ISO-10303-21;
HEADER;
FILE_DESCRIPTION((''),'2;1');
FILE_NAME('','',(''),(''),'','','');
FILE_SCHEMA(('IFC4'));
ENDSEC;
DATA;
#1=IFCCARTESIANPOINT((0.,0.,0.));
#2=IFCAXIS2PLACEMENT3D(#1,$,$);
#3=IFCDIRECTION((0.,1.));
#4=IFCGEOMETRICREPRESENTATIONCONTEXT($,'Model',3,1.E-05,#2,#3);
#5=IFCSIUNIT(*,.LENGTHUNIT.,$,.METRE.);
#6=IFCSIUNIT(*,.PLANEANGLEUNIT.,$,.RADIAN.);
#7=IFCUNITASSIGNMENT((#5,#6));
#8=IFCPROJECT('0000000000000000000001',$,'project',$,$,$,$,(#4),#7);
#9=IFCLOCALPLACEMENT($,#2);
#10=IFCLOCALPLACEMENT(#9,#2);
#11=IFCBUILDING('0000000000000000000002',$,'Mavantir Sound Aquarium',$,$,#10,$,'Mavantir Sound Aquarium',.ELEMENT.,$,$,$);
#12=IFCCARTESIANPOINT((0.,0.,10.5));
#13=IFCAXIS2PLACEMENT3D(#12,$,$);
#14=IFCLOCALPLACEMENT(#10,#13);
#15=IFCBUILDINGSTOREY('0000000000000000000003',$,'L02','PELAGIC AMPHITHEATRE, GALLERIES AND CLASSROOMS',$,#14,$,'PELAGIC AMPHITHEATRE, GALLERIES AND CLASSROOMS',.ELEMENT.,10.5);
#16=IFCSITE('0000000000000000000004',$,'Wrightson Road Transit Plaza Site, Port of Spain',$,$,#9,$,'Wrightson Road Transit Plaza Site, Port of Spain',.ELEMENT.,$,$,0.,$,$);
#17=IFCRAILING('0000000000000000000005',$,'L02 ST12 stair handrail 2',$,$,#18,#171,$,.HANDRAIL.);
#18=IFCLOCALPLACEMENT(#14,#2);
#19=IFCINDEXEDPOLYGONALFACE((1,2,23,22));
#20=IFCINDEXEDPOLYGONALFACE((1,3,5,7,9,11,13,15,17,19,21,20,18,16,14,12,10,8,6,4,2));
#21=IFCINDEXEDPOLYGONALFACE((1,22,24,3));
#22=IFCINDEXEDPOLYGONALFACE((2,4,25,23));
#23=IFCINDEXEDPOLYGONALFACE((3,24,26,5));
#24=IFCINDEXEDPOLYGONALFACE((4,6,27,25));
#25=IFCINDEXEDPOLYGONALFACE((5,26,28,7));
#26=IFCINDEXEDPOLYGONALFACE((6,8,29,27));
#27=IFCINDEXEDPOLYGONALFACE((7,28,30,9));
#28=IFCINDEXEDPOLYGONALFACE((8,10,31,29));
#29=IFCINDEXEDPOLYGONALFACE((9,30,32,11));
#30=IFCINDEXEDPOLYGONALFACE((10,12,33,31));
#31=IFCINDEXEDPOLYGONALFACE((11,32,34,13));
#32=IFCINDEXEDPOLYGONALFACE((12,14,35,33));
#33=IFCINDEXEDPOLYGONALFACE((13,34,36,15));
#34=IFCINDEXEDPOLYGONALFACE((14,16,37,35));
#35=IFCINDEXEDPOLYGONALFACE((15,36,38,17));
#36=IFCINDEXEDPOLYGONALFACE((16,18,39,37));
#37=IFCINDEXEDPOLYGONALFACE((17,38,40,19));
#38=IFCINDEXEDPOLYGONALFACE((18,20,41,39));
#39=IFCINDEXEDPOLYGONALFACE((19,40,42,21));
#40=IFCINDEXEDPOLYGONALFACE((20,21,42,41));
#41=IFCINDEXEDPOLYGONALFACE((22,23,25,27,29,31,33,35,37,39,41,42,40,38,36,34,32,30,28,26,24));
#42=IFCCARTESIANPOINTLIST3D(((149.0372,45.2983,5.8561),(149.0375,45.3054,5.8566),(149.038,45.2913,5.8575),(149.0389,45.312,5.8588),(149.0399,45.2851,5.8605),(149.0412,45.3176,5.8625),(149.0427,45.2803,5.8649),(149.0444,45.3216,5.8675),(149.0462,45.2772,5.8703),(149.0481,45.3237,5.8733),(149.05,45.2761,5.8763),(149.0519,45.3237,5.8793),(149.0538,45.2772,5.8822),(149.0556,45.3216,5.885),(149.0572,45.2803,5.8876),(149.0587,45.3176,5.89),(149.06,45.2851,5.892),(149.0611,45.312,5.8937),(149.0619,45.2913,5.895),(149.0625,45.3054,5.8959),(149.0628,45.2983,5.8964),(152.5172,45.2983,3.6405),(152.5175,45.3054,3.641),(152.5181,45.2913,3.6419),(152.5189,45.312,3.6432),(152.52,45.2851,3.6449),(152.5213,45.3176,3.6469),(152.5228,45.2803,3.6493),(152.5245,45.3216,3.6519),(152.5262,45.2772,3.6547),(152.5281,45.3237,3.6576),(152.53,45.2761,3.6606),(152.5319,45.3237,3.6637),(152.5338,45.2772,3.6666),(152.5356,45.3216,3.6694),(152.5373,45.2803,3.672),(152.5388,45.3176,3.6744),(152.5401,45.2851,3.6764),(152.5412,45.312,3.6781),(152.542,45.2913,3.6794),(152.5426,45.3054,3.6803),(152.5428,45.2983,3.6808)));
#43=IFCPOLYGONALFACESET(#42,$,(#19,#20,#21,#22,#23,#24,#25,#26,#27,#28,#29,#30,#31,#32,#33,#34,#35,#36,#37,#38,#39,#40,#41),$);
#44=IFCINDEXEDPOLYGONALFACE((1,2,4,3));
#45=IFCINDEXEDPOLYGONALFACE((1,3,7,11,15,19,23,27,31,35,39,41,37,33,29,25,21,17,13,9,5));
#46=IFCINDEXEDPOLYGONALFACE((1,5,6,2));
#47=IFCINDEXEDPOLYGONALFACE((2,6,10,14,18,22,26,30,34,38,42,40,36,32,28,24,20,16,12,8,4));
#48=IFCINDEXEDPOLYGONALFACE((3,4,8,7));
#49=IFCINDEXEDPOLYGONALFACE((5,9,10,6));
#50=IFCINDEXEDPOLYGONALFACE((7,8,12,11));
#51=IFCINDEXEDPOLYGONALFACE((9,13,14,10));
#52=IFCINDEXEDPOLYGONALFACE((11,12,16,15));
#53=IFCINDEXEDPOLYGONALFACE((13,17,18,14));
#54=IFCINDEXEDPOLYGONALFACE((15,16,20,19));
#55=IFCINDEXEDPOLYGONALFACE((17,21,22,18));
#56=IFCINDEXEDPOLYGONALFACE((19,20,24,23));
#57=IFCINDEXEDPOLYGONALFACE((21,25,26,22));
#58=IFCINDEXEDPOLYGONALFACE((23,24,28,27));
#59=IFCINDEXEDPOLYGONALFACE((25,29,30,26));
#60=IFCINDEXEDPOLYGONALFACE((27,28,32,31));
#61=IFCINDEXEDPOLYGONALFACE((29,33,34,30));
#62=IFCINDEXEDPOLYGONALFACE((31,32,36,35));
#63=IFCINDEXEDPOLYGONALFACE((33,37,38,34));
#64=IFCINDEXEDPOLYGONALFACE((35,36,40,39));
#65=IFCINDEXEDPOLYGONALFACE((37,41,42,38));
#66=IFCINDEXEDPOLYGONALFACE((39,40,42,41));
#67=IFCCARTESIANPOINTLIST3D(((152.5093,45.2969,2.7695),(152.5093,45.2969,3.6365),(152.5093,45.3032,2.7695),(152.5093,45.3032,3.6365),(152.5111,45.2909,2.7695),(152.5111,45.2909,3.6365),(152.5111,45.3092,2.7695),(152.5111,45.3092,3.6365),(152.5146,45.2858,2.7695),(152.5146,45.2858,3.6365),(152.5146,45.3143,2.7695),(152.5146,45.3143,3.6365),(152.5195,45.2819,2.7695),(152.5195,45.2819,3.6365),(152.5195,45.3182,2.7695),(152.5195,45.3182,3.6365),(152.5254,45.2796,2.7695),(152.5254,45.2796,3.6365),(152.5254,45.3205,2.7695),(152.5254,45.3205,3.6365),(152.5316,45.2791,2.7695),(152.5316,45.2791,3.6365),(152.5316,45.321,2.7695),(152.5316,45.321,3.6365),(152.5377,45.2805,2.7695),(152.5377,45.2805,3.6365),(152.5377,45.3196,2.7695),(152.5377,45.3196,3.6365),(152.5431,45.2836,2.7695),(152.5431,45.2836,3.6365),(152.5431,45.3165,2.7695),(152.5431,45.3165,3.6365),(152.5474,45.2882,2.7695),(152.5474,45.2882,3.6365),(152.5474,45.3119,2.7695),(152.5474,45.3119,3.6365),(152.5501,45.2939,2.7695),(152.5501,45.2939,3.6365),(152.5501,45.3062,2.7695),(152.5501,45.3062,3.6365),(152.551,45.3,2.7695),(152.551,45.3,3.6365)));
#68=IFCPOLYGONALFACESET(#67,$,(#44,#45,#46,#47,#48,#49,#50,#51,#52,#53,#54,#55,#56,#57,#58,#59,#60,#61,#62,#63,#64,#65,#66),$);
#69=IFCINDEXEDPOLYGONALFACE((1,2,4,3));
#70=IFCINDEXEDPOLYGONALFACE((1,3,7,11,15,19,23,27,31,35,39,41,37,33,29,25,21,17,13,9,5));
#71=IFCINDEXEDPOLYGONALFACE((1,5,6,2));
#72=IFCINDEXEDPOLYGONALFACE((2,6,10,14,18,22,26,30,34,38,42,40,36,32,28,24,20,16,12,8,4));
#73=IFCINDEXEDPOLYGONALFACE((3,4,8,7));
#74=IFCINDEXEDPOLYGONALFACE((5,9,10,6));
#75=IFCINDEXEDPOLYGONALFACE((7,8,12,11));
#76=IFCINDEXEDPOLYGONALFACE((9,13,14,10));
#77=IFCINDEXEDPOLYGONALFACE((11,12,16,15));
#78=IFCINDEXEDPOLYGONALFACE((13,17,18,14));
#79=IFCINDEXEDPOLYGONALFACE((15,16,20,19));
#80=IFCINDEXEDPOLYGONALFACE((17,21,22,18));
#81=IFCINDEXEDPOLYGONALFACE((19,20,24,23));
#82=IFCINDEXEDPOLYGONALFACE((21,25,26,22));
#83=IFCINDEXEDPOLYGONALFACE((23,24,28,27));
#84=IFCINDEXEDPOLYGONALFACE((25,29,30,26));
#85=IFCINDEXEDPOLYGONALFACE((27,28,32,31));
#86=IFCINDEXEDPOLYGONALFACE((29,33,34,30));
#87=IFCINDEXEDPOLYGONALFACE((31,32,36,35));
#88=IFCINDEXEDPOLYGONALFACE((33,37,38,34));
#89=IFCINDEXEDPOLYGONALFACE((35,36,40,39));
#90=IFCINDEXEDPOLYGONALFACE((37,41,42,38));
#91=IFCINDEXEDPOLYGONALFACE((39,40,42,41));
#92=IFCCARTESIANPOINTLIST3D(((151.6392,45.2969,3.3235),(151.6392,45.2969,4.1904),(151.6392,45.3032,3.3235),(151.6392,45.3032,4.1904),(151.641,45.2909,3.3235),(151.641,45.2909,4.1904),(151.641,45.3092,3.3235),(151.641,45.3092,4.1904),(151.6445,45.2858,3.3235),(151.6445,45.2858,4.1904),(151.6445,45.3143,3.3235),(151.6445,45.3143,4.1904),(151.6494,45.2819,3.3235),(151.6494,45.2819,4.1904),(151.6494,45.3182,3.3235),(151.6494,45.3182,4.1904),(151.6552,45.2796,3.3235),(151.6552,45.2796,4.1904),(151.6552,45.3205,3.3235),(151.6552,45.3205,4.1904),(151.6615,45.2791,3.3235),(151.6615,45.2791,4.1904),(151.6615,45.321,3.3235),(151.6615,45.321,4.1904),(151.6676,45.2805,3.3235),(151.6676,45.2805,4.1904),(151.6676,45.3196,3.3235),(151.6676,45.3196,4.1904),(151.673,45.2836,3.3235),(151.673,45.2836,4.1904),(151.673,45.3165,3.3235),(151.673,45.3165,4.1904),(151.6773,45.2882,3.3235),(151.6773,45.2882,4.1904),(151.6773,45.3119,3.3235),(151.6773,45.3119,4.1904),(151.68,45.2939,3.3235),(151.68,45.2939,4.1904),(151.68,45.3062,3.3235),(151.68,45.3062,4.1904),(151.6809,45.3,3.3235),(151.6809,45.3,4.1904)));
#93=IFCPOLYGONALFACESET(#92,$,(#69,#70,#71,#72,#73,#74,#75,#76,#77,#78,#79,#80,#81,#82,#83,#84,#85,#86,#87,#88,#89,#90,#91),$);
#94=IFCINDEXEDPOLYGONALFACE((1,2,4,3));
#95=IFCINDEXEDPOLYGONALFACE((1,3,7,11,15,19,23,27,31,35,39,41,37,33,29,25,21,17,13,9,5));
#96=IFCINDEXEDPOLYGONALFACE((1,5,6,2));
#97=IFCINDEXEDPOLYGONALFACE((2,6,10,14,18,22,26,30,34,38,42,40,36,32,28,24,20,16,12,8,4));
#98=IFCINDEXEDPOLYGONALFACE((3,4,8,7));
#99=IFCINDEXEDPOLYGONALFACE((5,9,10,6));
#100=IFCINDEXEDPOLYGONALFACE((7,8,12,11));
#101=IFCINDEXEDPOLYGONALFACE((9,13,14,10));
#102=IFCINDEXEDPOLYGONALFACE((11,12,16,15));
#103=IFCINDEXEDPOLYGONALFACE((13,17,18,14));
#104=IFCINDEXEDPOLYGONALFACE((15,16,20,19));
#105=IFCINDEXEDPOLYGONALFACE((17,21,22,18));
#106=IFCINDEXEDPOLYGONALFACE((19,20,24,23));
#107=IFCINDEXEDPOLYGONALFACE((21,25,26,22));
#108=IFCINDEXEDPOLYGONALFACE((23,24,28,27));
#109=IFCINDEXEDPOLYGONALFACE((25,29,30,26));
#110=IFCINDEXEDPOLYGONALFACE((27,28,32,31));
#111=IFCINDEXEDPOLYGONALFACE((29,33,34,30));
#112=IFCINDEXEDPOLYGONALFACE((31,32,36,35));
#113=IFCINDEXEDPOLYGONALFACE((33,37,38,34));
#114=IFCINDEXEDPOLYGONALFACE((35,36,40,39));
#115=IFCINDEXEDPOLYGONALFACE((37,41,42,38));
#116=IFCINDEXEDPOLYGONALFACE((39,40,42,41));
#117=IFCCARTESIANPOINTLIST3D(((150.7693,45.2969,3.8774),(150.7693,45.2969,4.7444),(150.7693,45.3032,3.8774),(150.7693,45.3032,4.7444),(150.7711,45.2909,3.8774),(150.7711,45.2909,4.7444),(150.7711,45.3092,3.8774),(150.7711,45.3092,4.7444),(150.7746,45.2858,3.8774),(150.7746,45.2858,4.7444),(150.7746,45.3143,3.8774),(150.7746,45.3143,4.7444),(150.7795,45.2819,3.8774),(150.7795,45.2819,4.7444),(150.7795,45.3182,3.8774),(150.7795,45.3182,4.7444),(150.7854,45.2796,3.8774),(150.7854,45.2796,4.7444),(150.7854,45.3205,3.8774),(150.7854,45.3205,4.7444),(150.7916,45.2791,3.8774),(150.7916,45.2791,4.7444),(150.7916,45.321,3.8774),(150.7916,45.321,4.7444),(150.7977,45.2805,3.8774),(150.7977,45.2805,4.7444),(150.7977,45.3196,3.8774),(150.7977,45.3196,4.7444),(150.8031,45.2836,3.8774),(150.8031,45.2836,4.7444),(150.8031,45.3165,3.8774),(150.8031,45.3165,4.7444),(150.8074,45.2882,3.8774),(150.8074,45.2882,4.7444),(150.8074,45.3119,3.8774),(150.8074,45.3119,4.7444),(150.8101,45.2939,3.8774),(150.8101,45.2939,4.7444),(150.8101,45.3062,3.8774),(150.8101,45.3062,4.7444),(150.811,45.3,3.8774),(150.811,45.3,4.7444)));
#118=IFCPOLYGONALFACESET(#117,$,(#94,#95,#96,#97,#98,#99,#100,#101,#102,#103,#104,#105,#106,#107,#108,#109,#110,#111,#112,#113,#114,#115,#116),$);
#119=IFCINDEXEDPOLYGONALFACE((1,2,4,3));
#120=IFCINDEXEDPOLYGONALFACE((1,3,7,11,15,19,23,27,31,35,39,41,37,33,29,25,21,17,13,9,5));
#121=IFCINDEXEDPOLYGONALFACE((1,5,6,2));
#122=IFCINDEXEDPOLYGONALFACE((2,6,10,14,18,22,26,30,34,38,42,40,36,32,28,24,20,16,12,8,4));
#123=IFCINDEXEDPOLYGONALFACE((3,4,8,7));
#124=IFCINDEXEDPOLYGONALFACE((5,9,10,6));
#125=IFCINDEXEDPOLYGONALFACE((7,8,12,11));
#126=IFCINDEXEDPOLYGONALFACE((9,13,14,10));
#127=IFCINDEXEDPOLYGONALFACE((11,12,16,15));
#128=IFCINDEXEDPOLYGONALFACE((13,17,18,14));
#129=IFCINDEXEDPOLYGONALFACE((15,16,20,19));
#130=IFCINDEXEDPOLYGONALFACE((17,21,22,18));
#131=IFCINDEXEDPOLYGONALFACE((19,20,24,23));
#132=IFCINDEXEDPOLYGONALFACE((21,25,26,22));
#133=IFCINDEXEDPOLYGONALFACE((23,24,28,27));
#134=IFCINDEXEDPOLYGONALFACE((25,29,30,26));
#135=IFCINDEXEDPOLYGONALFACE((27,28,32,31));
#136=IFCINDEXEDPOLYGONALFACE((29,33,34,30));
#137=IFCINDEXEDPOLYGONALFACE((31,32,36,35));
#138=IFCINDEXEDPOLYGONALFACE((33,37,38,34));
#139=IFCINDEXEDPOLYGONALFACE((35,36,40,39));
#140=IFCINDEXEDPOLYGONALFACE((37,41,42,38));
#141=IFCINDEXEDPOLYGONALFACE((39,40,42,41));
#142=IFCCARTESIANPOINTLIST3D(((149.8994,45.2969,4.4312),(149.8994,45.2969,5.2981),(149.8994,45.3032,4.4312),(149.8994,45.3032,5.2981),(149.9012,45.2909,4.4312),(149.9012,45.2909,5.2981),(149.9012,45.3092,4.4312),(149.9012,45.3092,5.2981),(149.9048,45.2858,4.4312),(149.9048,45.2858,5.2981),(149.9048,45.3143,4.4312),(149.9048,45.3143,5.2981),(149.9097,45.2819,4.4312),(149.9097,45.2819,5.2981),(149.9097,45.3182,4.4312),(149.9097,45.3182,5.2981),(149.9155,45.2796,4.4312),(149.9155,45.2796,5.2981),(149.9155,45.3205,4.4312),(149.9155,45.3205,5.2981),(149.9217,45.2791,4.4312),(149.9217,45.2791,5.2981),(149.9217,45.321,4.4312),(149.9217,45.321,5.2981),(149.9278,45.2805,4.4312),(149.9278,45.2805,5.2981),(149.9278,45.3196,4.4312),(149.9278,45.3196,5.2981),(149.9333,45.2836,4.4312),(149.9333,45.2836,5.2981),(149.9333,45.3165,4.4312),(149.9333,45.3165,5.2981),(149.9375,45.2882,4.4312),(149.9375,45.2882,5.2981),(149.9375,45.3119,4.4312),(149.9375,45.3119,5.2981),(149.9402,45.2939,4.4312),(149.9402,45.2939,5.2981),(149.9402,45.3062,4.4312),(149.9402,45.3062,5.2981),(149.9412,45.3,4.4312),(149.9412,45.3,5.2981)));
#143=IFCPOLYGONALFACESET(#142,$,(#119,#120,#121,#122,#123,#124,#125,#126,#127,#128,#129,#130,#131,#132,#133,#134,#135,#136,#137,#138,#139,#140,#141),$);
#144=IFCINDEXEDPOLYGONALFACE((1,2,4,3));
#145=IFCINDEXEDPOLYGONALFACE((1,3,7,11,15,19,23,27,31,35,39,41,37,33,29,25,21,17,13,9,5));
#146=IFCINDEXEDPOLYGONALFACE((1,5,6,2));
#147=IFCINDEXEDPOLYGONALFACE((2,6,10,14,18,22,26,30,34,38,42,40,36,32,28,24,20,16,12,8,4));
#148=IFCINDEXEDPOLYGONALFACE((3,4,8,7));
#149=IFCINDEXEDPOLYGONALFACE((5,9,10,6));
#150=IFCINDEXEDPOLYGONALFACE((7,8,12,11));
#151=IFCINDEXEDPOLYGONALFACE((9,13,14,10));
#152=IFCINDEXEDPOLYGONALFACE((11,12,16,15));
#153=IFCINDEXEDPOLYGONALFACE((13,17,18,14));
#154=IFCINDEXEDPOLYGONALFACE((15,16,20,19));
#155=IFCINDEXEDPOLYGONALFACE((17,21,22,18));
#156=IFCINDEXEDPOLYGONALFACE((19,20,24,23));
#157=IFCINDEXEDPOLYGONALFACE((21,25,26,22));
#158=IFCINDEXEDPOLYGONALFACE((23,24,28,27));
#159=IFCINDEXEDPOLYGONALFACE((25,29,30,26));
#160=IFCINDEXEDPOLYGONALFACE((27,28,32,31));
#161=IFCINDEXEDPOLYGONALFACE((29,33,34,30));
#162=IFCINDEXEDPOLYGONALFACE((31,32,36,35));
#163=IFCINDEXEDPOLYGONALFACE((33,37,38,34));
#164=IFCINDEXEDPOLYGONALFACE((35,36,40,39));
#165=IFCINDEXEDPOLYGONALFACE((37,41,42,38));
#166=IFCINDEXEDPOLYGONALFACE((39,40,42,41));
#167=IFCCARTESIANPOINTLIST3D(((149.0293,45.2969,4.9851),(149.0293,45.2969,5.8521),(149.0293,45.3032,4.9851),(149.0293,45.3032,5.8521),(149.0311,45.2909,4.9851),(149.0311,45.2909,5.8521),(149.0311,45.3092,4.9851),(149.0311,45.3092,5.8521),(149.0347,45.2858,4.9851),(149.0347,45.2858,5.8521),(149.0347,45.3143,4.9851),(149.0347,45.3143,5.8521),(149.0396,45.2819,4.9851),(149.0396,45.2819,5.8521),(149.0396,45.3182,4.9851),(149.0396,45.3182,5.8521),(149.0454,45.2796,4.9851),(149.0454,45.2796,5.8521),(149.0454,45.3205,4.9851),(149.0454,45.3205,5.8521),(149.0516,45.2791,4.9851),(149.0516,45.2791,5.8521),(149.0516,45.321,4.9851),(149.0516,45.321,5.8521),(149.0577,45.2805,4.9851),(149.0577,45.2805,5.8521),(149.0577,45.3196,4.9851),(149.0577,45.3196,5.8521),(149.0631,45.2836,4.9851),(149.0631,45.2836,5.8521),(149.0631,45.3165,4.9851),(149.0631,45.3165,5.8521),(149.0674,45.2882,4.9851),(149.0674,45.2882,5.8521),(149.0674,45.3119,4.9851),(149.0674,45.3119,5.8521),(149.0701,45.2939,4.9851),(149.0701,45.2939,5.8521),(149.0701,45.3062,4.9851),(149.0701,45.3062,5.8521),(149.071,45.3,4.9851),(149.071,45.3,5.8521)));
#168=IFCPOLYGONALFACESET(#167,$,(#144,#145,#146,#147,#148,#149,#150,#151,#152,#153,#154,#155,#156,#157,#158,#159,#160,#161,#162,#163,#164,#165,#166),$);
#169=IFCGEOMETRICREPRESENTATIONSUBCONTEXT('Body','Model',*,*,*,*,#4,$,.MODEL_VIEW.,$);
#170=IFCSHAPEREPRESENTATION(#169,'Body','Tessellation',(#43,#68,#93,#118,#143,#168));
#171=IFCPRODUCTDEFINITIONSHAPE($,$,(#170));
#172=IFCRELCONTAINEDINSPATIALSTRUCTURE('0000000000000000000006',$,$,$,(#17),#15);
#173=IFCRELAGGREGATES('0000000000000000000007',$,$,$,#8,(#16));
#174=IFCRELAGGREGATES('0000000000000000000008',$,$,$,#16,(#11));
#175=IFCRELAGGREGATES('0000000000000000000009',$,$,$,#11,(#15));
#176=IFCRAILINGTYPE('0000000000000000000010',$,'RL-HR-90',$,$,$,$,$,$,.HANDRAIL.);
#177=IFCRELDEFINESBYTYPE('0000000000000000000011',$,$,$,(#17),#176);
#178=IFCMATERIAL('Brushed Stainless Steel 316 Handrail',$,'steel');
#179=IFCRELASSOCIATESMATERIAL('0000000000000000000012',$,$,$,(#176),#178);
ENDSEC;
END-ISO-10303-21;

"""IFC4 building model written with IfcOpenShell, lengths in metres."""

from ifc_helpers import new_model, si_unit, direction, frame, origin, origin_2d, place, context, subcontext, project, spatial, circle, extrude, material, type_object, element, save


model = new_model("IFC4")

# Units and contexts
model_context = context("Model", 3, precision=1e-05, world=origin(), true_north=direction((0.0, 1.0)))
body_context = subcontext(model_context, "Body", "Model", "MODEL_VIEW")
ifc_project = project(units=[si_unit("LENGTHUNIT", "METRE"), si_unit("PLANEANGLEUNIT", "RADIAN")], contexts=[model_context])

# Site, building, storey
site_placement = place(None, origin())
site = spatial("IfcSite", under=ifc_project, at=site_placement, Name="Wrightson Road Transit Plaza Site, Port of Spain", LongName="Wrightson Road Transit Plaza Site, Port of Spain", CompositionType="ELEMENT", RefElevation=0.0)
building_placement = place(site_placement, origin())
building = spatial("IfcBuilding", under=site, at=building_placement, Name="Mavantir Sound Aquarium", LongName="Mavantir Sound Aquarium", CompositionType="ELEMENT")
storey_placement = place(building_placement, frame((0.0, 0.0, 10.5)))
storey = spatial("IfcBuildingStorey", under=building, at=storey_placement, Name="L02", Description="PELAGIC AMPHITHEATRE, GALLERIES AND CLASSROOMS", LongName="PELAGIC AMPHITHEATRE, GALLERIES AND CLASSROOMS", CompositionType="ELEMENT", Elevation=10.5)

# Railing
ifc_material_1 = material(Name="Brushed Stainless Steel 316 Handrail", Category="steel")
railing_type = type_object("IfcRailingType", Name="RL-HR-90", PredefinedType="HANDRAIL", material=ifc_material_1)
railing_placement = place(storey_placement, frame((152.53, 45.3, 2.7695)))
element("IfcRailing", 1, at=railing_placement, inside=storey, type_object=railing_type, Name="L02 ST12 stair handrail 2", PredefinedType="HANDRAIL", context=body_context, shape_type="SweptSolid", body=[
    extrude(circle(Radius=0.0239, at=origin_2d()), frame((0.0, 0.0, 0.8911), z_axis=(-0.843547, 0.0, 0.537055), x_axis=(0.0, -1.0, 0.0)), (0.0, 0.0, 1.0), 4.1255),
    extrude(circle(Radius=0.021, at=origin_2d()), origin(), (0.0, 0.0, 1.0), 0.8669),
    extrude(circle(Radius=0.021, at=origin_2d()), frame((-0.8701, 0.0, 0.554)), (0.0, 0.0, 1.0), 0.8669),
    extrude(circle(Radius=0.021, at=origin_2d()), frame((-1.74, 0.0, 1.1079)), (0.0, 0.0, 1.0), 0.8669),
    extrude(circle(Radius=0.021, at=origin_2d()), frame((-2.6099, 0.0, 1.6616)), (0.0, 0.0, 1.0), 0.8669),
    extrude(circle(Radius=0.021, at=origin_2d()), frame((-3.48, 0.0, 2.2156)), (0.0, 0.0, 1.0), 0.8669),
])

save(model, "model.ifc")
